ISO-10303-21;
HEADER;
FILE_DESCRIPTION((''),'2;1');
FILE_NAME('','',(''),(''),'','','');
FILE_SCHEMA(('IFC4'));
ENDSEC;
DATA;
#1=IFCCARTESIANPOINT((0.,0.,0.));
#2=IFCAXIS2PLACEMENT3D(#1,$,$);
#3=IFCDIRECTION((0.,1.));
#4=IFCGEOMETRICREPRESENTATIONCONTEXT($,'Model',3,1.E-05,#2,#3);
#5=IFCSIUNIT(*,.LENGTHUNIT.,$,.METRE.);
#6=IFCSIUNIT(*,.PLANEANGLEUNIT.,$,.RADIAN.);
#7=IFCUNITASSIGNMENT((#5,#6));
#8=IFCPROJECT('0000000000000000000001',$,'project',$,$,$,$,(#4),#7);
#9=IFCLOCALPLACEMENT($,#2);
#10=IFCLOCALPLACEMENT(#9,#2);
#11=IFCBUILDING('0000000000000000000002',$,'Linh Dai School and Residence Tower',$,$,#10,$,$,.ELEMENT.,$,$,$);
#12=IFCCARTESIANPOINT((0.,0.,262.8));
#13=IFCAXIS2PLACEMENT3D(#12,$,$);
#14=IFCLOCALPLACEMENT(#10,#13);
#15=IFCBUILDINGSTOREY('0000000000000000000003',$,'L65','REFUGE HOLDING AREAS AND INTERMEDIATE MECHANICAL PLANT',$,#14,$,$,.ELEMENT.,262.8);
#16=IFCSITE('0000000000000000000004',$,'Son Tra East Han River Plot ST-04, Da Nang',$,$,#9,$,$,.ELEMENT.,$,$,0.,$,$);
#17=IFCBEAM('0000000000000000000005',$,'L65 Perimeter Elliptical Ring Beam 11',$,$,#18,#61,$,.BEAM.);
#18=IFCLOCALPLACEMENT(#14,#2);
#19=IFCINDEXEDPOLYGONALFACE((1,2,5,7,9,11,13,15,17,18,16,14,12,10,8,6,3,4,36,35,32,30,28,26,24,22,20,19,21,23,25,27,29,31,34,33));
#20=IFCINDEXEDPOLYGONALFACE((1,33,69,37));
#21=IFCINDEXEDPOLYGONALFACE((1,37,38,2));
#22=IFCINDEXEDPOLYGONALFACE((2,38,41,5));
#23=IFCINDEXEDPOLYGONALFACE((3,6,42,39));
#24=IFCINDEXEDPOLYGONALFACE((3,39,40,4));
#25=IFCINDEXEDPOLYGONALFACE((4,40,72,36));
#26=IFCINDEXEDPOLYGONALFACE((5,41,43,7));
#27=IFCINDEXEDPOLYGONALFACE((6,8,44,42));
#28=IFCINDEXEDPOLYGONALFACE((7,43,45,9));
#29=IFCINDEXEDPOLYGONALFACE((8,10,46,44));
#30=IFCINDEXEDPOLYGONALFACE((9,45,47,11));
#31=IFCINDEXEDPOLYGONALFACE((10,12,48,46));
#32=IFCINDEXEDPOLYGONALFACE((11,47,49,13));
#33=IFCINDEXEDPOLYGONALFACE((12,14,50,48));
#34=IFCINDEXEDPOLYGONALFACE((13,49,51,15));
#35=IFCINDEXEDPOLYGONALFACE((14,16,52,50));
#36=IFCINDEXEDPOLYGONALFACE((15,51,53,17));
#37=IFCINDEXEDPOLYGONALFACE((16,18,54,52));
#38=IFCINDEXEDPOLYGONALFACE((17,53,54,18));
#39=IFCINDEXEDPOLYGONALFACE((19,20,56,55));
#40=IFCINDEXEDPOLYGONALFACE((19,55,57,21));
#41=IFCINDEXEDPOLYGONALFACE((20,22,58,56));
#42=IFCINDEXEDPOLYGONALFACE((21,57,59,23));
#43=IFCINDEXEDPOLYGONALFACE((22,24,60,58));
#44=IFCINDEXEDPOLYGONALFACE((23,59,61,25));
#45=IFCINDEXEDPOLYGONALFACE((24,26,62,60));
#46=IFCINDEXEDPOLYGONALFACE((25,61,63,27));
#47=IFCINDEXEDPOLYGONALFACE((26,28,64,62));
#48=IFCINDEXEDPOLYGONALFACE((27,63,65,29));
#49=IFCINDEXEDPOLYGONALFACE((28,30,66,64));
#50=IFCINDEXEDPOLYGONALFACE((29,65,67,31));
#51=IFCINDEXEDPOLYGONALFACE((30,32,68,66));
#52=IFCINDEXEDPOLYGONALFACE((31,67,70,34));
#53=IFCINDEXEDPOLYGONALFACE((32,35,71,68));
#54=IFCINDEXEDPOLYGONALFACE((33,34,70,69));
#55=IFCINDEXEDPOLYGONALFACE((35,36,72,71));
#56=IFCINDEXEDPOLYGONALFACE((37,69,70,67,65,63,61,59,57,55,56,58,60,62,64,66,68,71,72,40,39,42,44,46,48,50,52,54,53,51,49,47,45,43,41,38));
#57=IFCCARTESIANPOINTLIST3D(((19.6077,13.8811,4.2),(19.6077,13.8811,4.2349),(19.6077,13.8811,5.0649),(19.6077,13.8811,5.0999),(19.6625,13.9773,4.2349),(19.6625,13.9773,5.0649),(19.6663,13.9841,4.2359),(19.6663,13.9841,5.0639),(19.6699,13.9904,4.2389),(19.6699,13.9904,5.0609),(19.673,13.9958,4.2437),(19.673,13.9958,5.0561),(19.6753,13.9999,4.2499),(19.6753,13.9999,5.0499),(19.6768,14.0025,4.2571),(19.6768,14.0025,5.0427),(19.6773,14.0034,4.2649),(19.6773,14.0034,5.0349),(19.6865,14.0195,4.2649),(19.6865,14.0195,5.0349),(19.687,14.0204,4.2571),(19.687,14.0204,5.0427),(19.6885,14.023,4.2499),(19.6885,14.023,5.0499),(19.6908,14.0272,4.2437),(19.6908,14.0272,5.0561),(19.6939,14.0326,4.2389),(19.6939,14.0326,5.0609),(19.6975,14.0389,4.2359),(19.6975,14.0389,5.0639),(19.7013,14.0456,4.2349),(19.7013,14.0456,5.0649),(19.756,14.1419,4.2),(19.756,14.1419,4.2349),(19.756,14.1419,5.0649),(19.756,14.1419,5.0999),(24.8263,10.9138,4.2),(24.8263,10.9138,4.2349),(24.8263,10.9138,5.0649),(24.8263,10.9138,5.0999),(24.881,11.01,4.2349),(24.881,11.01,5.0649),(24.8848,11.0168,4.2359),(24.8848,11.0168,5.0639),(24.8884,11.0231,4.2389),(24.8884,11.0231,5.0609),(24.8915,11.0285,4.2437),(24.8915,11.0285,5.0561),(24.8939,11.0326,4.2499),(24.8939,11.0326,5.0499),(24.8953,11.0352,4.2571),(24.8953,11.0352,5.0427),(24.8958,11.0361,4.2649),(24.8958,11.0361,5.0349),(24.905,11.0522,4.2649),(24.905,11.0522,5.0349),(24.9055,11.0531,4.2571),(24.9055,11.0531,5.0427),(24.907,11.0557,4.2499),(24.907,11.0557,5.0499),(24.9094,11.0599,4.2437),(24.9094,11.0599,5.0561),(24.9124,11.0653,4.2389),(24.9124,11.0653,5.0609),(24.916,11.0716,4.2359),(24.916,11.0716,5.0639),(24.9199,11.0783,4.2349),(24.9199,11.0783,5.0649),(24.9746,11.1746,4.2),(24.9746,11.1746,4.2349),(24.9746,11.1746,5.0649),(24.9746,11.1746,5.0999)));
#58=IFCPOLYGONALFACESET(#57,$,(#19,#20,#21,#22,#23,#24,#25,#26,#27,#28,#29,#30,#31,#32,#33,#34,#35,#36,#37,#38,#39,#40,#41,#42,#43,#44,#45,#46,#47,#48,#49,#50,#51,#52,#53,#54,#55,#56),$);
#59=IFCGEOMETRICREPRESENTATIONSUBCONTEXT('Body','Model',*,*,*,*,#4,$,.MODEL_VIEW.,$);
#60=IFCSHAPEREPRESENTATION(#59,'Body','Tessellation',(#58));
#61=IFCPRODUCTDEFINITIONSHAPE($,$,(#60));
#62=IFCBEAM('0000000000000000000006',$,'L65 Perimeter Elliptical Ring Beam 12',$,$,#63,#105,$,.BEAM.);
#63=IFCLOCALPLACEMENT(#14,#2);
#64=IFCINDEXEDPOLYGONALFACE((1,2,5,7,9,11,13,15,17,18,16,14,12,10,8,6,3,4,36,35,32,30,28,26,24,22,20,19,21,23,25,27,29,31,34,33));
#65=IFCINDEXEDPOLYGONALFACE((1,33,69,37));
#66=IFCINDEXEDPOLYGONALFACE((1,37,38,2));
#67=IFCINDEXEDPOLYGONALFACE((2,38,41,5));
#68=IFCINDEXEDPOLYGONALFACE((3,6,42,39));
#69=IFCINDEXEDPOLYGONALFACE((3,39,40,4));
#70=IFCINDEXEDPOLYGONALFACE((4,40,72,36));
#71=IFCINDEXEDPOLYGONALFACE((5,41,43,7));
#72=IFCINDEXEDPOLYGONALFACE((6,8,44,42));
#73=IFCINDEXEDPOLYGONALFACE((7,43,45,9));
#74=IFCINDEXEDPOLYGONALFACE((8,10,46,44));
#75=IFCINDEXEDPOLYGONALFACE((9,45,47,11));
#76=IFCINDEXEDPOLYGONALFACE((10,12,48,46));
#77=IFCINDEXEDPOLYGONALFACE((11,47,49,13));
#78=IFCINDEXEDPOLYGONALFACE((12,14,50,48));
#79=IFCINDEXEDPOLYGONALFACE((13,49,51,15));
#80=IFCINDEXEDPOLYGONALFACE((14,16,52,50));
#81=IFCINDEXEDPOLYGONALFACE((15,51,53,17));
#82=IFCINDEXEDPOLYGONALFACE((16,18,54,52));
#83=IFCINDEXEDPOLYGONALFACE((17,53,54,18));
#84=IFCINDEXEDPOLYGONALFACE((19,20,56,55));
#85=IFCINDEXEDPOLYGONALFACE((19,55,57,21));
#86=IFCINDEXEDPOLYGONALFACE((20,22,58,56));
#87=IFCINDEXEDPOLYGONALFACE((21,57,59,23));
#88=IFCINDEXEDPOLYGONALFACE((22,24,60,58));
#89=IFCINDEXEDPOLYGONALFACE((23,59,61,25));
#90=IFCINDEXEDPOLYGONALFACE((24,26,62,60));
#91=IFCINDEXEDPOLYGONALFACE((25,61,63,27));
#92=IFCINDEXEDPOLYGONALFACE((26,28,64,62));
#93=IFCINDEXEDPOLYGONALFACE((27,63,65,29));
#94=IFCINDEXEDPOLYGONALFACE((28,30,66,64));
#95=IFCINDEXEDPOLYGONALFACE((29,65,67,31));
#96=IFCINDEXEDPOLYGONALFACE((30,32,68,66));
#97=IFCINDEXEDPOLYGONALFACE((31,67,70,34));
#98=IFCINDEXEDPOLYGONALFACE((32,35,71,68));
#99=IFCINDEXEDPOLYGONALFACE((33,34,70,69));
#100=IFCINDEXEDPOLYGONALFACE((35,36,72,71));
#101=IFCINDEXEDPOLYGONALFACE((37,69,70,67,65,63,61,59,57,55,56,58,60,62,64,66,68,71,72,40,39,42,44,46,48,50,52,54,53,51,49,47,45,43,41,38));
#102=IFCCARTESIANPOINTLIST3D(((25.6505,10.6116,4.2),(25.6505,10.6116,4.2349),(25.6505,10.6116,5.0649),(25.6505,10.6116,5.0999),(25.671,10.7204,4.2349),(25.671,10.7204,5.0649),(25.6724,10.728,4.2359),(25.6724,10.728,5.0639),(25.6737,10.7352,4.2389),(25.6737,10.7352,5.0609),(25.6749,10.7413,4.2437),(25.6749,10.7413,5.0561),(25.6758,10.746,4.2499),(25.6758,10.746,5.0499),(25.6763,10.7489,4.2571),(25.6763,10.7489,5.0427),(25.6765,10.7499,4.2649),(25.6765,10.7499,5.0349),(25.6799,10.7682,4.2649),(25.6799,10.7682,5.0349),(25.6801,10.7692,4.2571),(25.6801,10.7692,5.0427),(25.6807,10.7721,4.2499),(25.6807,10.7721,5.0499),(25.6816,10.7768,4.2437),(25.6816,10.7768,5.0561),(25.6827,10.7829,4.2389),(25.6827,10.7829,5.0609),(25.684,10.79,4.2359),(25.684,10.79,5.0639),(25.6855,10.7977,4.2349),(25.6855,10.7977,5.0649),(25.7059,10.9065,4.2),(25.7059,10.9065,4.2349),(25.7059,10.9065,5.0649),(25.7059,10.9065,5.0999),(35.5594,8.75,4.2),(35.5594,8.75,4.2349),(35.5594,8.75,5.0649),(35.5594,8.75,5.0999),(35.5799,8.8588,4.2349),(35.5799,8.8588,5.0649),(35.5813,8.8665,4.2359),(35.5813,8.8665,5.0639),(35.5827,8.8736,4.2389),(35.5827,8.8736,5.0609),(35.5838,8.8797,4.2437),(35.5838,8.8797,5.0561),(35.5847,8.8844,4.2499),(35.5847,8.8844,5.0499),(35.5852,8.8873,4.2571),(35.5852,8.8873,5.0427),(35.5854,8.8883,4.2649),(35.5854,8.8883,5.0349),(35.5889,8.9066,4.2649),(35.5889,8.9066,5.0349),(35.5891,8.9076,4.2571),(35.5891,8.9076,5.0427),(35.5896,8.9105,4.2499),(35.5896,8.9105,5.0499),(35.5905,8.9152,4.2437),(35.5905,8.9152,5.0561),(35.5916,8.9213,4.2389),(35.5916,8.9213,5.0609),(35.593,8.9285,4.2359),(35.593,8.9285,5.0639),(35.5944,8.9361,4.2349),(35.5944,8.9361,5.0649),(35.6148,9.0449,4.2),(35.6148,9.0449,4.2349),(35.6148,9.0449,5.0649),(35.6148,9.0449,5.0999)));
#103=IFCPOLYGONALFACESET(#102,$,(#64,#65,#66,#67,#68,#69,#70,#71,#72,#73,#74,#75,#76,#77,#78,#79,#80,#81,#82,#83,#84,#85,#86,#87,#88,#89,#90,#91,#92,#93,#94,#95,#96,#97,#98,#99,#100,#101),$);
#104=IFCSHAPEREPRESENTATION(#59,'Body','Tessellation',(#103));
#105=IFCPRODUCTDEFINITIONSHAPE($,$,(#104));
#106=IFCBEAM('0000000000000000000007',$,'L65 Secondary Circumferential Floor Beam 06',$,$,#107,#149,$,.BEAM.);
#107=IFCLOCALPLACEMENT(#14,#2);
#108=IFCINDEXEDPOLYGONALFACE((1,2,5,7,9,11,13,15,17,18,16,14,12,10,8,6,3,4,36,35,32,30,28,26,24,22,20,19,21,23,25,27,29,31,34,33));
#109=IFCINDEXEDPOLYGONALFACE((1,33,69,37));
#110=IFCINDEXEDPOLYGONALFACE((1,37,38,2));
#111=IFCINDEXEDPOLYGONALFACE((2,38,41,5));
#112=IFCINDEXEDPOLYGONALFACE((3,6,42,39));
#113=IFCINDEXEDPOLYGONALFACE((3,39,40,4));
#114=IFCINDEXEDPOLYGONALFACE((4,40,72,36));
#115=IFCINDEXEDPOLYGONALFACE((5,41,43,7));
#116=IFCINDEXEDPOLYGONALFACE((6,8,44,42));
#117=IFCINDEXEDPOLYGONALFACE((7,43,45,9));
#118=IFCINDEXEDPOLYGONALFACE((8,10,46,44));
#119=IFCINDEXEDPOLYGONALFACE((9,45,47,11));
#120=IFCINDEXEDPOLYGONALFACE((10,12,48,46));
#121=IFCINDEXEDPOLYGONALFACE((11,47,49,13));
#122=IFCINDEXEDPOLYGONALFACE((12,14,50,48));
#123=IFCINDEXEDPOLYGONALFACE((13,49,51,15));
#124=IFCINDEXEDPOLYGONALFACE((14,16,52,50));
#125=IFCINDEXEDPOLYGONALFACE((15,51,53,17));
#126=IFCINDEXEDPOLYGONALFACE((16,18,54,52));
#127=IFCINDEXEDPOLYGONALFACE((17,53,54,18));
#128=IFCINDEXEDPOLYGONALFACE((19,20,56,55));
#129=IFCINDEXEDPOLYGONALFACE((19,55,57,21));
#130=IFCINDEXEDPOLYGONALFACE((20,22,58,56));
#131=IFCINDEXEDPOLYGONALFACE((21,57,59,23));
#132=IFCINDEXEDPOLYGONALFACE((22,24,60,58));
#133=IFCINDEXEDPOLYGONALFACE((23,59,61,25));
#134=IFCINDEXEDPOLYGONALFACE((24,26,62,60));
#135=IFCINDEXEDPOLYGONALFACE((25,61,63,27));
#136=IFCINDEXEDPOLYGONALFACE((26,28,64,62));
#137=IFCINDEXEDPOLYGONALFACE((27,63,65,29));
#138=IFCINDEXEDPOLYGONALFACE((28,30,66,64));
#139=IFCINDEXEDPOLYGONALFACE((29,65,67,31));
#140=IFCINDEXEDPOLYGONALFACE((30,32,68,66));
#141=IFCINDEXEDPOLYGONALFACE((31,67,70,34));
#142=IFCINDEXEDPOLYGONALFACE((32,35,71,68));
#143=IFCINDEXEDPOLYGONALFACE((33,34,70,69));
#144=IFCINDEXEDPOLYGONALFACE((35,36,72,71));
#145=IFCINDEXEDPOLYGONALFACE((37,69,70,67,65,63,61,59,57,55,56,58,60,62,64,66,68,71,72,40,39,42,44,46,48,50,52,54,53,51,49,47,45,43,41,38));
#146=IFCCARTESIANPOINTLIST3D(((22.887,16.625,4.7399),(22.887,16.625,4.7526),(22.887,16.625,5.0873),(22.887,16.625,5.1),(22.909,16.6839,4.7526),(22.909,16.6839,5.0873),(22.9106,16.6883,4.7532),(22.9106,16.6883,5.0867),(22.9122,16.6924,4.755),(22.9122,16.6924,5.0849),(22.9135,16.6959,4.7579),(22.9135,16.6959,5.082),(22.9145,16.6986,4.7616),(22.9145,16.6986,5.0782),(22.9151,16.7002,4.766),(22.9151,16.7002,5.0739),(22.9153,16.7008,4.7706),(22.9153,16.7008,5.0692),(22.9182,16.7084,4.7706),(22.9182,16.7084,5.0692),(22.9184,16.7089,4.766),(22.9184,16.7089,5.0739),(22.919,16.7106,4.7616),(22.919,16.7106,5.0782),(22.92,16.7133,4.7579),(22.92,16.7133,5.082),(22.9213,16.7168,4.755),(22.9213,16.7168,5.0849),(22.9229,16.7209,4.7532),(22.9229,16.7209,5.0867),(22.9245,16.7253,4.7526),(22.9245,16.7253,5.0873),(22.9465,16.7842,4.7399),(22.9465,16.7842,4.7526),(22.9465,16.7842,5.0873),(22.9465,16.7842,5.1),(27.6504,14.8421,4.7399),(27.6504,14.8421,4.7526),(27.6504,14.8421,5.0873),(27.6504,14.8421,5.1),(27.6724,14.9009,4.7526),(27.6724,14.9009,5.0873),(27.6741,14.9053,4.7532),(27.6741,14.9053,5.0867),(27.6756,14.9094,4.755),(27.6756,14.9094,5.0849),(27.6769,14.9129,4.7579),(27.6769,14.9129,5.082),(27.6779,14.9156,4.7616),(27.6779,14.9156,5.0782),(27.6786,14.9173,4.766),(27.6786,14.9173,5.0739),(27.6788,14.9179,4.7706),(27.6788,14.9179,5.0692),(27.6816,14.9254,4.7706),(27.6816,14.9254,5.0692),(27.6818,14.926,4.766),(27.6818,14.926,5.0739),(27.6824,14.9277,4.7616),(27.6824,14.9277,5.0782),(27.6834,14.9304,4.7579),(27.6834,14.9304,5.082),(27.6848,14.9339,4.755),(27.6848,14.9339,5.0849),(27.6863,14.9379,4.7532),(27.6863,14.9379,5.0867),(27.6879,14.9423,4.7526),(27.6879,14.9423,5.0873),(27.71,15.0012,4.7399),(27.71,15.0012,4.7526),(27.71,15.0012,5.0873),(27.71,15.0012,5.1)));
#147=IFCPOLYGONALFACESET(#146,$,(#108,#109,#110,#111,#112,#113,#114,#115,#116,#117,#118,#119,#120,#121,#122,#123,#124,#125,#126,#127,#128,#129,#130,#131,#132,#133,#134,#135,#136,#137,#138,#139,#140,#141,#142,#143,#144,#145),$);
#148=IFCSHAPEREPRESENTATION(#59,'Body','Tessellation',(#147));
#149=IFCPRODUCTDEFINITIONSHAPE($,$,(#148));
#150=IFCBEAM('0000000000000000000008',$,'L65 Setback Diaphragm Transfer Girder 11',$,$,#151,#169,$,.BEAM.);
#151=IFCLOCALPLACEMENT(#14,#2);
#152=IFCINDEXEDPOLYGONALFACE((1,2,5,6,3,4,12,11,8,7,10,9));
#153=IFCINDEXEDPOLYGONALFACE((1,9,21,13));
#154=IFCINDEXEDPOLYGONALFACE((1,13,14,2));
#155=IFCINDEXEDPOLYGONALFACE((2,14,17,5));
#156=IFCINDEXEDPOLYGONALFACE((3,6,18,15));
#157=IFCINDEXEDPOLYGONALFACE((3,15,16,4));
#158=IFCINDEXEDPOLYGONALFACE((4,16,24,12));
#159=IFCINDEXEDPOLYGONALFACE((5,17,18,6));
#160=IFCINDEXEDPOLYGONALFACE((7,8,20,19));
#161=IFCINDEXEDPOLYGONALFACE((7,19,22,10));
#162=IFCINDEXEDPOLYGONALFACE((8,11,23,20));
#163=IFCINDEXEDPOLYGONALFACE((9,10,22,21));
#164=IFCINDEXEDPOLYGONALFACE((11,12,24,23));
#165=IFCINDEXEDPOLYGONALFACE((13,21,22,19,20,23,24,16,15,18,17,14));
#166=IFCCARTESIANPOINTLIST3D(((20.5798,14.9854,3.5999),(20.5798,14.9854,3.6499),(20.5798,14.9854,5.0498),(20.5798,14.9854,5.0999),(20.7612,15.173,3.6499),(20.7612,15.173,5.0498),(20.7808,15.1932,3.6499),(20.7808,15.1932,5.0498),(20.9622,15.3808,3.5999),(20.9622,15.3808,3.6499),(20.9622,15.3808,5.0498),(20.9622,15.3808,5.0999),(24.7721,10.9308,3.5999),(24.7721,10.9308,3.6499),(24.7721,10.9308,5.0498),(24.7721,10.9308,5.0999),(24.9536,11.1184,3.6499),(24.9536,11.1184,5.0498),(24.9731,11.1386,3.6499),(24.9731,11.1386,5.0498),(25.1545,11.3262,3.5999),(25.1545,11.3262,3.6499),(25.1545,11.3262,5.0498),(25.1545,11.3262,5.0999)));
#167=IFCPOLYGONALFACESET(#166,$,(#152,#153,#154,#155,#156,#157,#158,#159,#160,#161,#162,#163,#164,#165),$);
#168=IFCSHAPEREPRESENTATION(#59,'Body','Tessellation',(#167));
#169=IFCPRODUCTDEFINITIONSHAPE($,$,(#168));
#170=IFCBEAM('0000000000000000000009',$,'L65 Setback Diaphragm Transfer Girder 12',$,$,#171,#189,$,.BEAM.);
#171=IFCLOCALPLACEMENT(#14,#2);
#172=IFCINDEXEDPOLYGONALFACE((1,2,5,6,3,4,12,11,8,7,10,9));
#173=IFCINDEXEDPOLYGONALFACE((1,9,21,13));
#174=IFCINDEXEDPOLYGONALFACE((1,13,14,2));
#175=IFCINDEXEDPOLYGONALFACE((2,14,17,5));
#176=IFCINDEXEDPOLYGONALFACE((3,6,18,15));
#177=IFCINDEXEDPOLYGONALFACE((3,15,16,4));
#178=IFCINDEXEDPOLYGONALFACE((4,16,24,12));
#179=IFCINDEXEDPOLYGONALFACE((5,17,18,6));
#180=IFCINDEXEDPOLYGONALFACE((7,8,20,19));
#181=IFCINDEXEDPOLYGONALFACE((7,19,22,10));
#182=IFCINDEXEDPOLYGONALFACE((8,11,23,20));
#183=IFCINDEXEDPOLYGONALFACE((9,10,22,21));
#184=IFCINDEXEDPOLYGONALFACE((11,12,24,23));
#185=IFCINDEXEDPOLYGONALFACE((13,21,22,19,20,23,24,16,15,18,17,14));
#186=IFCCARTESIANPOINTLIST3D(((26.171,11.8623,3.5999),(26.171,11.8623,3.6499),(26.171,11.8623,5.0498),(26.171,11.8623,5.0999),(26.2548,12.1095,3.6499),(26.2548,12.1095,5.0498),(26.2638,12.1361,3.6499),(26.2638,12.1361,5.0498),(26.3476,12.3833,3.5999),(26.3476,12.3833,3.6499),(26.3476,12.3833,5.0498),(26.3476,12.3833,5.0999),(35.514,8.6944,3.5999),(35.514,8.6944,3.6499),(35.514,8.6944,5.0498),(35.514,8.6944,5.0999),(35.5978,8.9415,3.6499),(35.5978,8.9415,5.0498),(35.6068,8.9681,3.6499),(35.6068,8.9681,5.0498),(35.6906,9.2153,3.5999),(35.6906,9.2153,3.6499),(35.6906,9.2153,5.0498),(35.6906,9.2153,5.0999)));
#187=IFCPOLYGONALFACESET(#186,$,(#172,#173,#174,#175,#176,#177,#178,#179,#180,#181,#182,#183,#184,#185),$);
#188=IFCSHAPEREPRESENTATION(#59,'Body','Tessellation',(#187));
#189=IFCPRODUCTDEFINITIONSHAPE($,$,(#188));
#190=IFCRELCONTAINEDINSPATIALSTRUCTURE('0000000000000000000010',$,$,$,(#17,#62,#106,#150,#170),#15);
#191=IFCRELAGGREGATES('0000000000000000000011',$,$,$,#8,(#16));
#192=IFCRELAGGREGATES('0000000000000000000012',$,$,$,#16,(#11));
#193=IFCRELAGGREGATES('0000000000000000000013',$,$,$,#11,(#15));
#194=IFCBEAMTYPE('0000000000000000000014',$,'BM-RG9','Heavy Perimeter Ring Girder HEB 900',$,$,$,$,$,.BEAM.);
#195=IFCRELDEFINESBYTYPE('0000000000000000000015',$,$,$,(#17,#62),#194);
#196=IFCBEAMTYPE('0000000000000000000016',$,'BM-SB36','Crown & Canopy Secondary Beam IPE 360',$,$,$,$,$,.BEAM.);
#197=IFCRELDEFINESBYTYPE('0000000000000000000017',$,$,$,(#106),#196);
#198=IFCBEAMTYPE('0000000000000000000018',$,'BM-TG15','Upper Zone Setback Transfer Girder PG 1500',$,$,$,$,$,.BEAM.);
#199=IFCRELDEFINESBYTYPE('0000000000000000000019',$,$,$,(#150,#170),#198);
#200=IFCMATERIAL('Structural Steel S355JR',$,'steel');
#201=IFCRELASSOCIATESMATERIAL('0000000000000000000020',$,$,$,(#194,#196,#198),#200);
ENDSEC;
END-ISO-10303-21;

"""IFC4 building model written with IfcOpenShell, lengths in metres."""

from ifc_helpers import new_model, si_unit, direction, frame, origin, origin_2d, place, context, subcontext, project, spatial, i_section, extrude, material, material_profile, profile_set, type_object, element, save


model = new_model("IFC4")

# Units and contexts
model_context = context("Model", 3, precision=1e-05, world=origin(), true_north=direction((0.0, 1.0)))
body_context = subcontext(model_context, "Body", "Model", "MODEL_VIEW")
ifc_project = project(units=[si_unit("LENGTHUNIT", "METRE"), si_unit("PLANEANGLEUNIT", "RADIAN")], contexts=[model_context])

# Site, building, storey
site_placement = place(None, origin())
site = spatial("IfcSite", under=ifc_project, at=site_placement, Name="Son Tra East Han River Plot ST-04, Da Nang", CompositionType="ELEMENT", RefElevation=0.0)
building_placement = place(site_placement, origin())
building = spatial("IfcBuilding", under=site, at=building_placement, Name="Linh Dai School and Residence Tower", CompositionType="ELEMENT")
storey_placement = place(building_placement, frame((0.0, 0.0, 262.8)))
storey = spatial("IfcBuildingStorey", under=building, at=storey_placement, Name="L65", Description="REFUGE HOLDING AREAS AND INTERMEDIATE MECHANICAL PLANT", CompositionType="ELEMENT", Elevation=262.8)

# Shared definitions
ifc_material_1 = material(Name="Structural Steel S355JR", Category="steel")

# Beams
ifc_material_profile_1 = material_profile(ifc_material_1, i_section(OverallWidth=0.3, OverallDepth=0.8999, WebThickness=0.0186, FlangeThickness=0.0349, FilletRadius=0.03, at=origin_2d()), Name="HEB 900")
ifc_profile_set_1 = profile_set([ifc_material_profile_1], Name="Structural Steel S355JR")
beam_type_1 = type_object("IfcBeamType", Name="BM-RG9", Description="Heavy Perimeter Ring Girder HEB 900", PredefinedType="BEAM", material=ifc_profile_set_1)
beam_1_placement = place(storey_placement, frame((19.6819, 14.0115, 4.6499), z_axis=(0.869297, -0.49429, 0.0), x_axis=(0.49429, 0.869297, 0.0)))
element("IfcBeam", 1, at=beam_1_placement, inside=storey, type_object=beam_type_1, Name="L65 Perimeter Elliptical Ring Beam 11", PredefinedType="BEAM", context=body_context, shape_type="SweptSolid", body=[
    extrude(i_section(OverallWidth=0.3, OverallDepth=0.8999, WebThickness=0.0186, FlangeThickness=0.0349, FilletRadius=0.03, at=origin_2d()), origin(), (0.0, 0.0, 1.0), 6.0032),
])
beam_2_placement = place(storey_placement, frame((25.6782, 10.759, 4.6499), z_axis=(0.982807, -0.184638, 0.0), x_axis=(0.184638, 0.982807, 0.0)))
element("IfcBeam", 2, at=beam_2_placement, inside=storey, type_object=beam_type_1, Name="L65 Perimeter Elliptical Ring Beam 12", PredefinedType="BEAM", context=body_context, shape_type="SweptSolid", body=[
    extrude(i_section(OverallWidth=0.3, OverallDepth=0.8999, WebThickness=0.0186, FlangeThickness=0.0349, FilletRadius=0.03, at=origin_2d()), origin(), (0.0, 0.0, 1.0), 10.0823),
])
ifc_material_profile_2 = material_profile(ifc_material_1, i_section(OverallWidth=0.1699, OverallDepth=0.3601, WebThickness=0.0081, FlangeThickness=0.0127, FilletRadius=0.0181, at=origin_2d()), Name="IPE 360")
ifc_profile_set_2 = profile_set([ifc_material_profile_2], Name="Structural Steel S355JR")
beam_type_2 = type_object("IfcBeamType", Name="BM-SB36", Description="Crown & Canopy Secondary Beam IPE 360", PredefinedType="BEAM", material=ifc_profile_set_2)
beam_3_placement = place(storey_placement, frame((22.9167, 16.7046, 4.9199), z_axis=(0.936544, -0.35055, 0.0), x_axis=(0.35055, 0.936544, 0.0)))
element("IfcBeam", 3, at=beam_3_placement, inside=storey, type_object=beam_type_2, Name="L65 Secondary Circumferential Floor Beam 06", PredefinedType="BEAM", context=body_context, shape_type="SweptSolid", body=[
    extrude(i_section(OverallWidth=0.1699, OverallDepth=0.3601, WebThickness=0.0081, FlangeThickness=0.0127, FilletRadius=0.0181, at=origin_2d()), origin(), (0.0, 0.0, 1.0), 5.0862),
])
ifc_material_profile_3 = material_profile(ifc_material_1, i_section(OverallWidth=0.55, OverallDepth=1.5, WebThickness=0.0281, FlangeThickness=0.05, at=origin_2d()), Name="PG 1500x550x28x50")
ifc_profile_set_3 = profile_set([ifc_material_profile_3], Name="Structural Steel S355JR")
beam_type_3 = type_object("IfcBeamType", Name="BM-TG15", Description="Upper Zone Setback Transfer Girder PG 1500", PredefinedType="BEAM", material=ifc_profile_set_3)
beam_4_placement = place(storey_placement, frame((20.771, 15.1831, 4.3499), z_axis=(0.718813, -0.695204, 0.0), x_axis=(0.695204, 0.718813, 0.0)))
element("IfcBeam", 4, at=beam_4_placement, inside=storey, type_object=beam_type_3, Name="L65 Setback Diaphragm Transfer Girder 11", PredefinedType="BEAM", context=body_context, shape_type="SweptSolid", body=[
    extrude(i_section(OverallWidth=0.55, OverallDepth=1.5, WebThickness=0.0281, FlangeThickness=0.05, at=origin_2d()), origin(), (0.0, 0.0, 1.0), 5.8323),
])
beam_5_placement = place(storey_placement, frame((26.2593, 12.1228, 4.3499), z_axis=(0.94704, -0.321116, 0.0), x_axis=(0.321116, 0.94704, 0.0)))
element("IfcBeam", 5, at=beam_5_placement, inside=storey, type_object=beam_type_3, Name="L65 Setback Diaphragm Transfer Girder 12", PredefinedType="BEAM", context=body_context, shape_type="SweptSolid", body=[
    extrude(i_section(OverallWidth=0.55, OverallDepth=1.5, WebThickness=0.0281, FlangeThickness=0.05, at=origin_2d()), origin(), (0.0, 0.0, 1.0), 9.8655),
])

save(model, "model.ifc")
